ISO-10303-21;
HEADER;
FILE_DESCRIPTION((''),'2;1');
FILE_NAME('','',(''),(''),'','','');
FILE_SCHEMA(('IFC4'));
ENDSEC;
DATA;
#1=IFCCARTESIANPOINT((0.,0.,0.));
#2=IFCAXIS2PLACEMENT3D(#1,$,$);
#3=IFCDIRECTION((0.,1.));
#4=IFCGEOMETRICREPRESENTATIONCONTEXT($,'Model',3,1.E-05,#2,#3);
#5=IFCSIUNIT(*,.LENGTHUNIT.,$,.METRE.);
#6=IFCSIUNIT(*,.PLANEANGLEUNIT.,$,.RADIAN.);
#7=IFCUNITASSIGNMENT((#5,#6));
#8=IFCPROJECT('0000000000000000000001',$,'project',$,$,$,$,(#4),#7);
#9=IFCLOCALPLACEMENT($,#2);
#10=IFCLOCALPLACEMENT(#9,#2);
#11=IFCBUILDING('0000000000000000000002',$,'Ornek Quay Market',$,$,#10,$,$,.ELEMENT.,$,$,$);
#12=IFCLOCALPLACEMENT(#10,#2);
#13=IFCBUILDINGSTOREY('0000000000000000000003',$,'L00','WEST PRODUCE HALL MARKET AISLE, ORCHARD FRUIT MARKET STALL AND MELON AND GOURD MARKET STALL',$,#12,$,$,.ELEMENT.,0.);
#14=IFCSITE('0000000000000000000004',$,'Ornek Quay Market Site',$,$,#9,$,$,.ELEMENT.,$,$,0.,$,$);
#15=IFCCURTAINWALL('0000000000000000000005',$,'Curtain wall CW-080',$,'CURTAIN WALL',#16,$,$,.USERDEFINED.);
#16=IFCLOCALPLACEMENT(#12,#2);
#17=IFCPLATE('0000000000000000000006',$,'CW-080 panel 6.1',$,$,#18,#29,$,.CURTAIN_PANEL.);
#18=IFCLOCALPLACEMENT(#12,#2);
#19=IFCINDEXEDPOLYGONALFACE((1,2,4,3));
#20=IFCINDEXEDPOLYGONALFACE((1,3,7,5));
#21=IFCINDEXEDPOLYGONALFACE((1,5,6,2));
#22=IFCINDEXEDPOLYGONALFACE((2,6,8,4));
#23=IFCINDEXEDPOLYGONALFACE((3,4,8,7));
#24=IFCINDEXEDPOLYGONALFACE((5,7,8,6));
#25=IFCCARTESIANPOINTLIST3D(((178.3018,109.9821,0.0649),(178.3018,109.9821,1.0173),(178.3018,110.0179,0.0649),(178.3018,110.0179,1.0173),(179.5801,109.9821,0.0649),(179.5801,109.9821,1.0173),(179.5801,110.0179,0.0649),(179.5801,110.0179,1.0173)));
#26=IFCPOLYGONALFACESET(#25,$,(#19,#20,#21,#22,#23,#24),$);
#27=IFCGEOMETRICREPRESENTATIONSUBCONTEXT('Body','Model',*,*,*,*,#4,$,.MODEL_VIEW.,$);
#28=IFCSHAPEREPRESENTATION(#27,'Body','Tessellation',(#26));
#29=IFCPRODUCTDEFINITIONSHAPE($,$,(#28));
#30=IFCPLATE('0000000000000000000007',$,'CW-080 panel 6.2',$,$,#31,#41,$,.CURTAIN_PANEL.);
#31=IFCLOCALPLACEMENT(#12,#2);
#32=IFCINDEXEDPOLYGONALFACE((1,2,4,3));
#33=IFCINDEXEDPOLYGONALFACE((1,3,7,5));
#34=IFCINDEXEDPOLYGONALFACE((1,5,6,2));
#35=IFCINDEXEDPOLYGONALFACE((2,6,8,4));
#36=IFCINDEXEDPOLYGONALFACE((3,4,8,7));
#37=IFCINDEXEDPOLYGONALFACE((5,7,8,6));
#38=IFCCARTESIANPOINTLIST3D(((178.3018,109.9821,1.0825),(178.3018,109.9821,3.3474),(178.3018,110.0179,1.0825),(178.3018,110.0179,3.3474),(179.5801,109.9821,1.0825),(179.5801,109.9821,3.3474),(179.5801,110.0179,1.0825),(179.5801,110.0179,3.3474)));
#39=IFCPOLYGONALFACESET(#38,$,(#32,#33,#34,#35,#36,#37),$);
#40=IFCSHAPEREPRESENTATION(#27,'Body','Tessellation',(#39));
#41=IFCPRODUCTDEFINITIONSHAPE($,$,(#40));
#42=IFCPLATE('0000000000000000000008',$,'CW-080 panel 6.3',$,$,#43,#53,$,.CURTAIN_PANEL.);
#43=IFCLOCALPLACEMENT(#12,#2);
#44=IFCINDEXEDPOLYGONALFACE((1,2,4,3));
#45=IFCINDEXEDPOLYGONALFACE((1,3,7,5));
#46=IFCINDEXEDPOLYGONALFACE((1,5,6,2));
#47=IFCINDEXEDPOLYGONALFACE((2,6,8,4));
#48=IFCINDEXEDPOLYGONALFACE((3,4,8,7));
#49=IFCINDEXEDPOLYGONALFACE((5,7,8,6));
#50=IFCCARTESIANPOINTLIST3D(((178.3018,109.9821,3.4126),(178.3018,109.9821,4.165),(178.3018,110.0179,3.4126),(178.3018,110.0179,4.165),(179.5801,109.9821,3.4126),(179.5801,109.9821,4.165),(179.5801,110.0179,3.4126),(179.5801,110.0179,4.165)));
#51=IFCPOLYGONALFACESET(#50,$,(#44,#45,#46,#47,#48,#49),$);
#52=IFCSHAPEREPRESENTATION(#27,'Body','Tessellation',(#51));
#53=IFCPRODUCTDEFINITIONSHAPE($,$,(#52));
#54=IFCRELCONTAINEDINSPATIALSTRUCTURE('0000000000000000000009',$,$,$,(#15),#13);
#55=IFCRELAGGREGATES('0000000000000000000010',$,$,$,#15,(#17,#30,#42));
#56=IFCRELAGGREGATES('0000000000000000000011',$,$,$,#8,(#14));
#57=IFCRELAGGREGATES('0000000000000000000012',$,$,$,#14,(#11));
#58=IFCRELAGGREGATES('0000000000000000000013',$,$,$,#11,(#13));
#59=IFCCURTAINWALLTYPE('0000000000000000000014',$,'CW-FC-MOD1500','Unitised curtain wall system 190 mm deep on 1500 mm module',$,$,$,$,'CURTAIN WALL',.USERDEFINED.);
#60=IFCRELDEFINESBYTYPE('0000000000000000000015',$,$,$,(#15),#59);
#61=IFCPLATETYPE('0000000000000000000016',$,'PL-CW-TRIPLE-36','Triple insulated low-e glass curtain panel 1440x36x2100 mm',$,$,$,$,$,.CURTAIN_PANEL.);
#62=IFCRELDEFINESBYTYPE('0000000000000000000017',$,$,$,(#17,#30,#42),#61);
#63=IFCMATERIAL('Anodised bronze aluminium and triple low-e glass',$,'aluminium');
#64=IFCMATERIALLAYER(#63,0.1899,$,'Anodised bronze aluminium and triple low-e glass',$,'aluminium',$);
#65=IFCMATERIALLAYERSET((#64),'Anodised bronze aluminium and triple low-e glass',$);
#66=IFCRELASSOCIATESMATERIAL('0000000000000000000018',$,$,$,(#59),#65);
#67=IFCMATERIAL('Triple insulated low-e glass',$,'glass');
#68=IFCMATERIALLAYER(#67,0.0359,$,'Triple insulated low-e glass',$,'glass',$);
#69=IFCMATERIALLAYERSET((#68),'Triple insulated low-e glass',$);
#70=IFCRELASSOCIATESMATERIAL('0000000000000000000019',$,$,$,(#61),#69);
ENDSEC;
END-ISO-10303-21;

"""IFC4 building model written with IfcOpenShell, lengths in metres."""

from ifc_helpers import new_model, si_unit, direction, frame, origin, origin_2d, place, context, subcontext, project, spatial, rectangle, extrude, material, layer, layer_set, type_object, element, aggregate, save


model = new_model("IFC4")

# Units and contexts
model_context = context("Model", 3, precision=1e-05, world=origin(), true_north=direction((0.0, 1.0)))
body_context = subcontext(model_context, "Body", "Model", "MODEL_VIEW")
ifc_project = project(units=[si_unit("LENGTHUNIT", "METRE"), si_unit("PLANEANGLEUNIT", "RADIAN")], contexts=[model_context])

# Site, building, storey
site_placement = place(None, origin())
site = spatial("IfcSite", under=ifc_project, at=site_placement, Name="Ornek Quay Market Site", CompositionType="ELEMENT", RefElevation=0.0)
building_placement = place(site_placement, origin())
building = spatial("IfcBuilding", under=site, at=building_placement, Name="Ornek Quay Market", CompositionType="ELEMENT")
storey_placement = place(building_placement, origin())
storey = spatial("IfcBuildingStorey", under=building, at=storey_placement, Name="L00", Description="WEST PRODUCE HALL MARKET AISLE, ORCHARD FRUIT MARKET STALL AND MELON AND GOURD MARKET STALL", CompositionType="ELEMENT", Elevation=0.0)

# Curtain wall, plates
ifc_material_1 = material(Name="Anodised bronze aluminium and triple low-e glass", Category="aluminium")
ifc_layer_1 = layer(ifc_material_1, 0.1899, Name="Anodised bronze aluminium and triple low-e glass", Category="aluminium")
ifc_layer_set_1 = layer_set([ifc_layer_1], Name="Anodised bronze aluminium and triple low-e glass")
curtain_wall_type = type_object("IfcCurtainWallType", Name="CW-FC-MOD1500", Description="Unitised curtain wall system 190 mm deep on 1500 mm module", ElementType="CURTAIN WALL", PredefinedType="USERDEFINED", material=ifc_layer_set_1)
curtain_wall_placement = place(storey_placement, origin())
curtain_wall = element("IfcCurtainWall", 1, at=curtain_wall_placement, inside=storey, type_object=curtain_wall_type, Name="Curtain wall CW-080", ObjectType="CURTAIN WALL", PredefinedType="USERDEFINED")
ifc_material_2 = material(Name="Triple insulated low-e glass", Category="glass")
ifc_layer_2 = layer(ifc_material_2, 0.0359, Name="Triple insulated low-e glass", Category="glass")
ifc_layer_set_2 = layer_set([ifc_layer_2], Name="Triple insulated low-e glass")
plate_type = type_object("IfcPlateType", Name="PL-CW-TRIPLE-36", Description="Triple insulated low-e glass curtain panel 1440x36x2100 mm", PredefinedType="CURTAIN_PANEL", material=ifc_layer_set_2)
plate_1_placement = place(storey_placement, frame((178.9409, 110.0, 0.0649), z_axis=(0.0, 0.0, 1.0), x_axis=(1.0, 0.0, 0.0)))
plate_1 = element("IfcPlate", 2, at=plate_1_placement, type_object=plate_type, Name="CW-080 panel 6.1", PredefinedType="CURTAIN_PANEL", context=body_context, shape_type="SweptSolid", body=[
    extrude(rectangle(XDim=1.2783, YDim=0.0359, at=origin_2d()), origin(), (0.0, 0.0, 1.0), 0.9524),
])
plate_2_placement = place(storey_placement, frame((178.9409, 110.0, 1.0825), z_axis=(0.0, 0.0, 1.0), x_axis=(1.0, 0.0, 0.0)))
plate_2 = element("IfcPlate", 3, at=plate_2_placement, type_object=plate_type, Name="CW-080 panel 6.2", PredefinedType="CURTAIN_PANEL", context=body_context, shape_type="SweptSolid", body=[
    extrude(rectangle(XDim=1.2783, YDim=0.0359, at=origin_2d()), origin(), (0.0, 0.0, 1.0), 2.2649),
])
plate_3_placement = place(storey_placement, frame((178.9409, 110.0, 3.4126), z_axis=(0.0, 0.0, 1.0), x_axis=(1.0, 0.0, 0.0)))
plate_3 = element("IfcPlate", 4, at=plate_3_placement, type_object=plate_type, Name="CW-080 panel 6.3", PredefinedType="CURTAIN_PANEL", context=body_context, shape_type="SweptSolid", body=[
    extrude(rectangle(XDim=1.2783, YDim=0.0359, at=origin_2d()), origin(), (0.0, 0.0, 1.0), 0.7524),
])
aggregate(curtain_wall, [plate_1, plate_2, plate_3])

save(model, "model.ifc")
